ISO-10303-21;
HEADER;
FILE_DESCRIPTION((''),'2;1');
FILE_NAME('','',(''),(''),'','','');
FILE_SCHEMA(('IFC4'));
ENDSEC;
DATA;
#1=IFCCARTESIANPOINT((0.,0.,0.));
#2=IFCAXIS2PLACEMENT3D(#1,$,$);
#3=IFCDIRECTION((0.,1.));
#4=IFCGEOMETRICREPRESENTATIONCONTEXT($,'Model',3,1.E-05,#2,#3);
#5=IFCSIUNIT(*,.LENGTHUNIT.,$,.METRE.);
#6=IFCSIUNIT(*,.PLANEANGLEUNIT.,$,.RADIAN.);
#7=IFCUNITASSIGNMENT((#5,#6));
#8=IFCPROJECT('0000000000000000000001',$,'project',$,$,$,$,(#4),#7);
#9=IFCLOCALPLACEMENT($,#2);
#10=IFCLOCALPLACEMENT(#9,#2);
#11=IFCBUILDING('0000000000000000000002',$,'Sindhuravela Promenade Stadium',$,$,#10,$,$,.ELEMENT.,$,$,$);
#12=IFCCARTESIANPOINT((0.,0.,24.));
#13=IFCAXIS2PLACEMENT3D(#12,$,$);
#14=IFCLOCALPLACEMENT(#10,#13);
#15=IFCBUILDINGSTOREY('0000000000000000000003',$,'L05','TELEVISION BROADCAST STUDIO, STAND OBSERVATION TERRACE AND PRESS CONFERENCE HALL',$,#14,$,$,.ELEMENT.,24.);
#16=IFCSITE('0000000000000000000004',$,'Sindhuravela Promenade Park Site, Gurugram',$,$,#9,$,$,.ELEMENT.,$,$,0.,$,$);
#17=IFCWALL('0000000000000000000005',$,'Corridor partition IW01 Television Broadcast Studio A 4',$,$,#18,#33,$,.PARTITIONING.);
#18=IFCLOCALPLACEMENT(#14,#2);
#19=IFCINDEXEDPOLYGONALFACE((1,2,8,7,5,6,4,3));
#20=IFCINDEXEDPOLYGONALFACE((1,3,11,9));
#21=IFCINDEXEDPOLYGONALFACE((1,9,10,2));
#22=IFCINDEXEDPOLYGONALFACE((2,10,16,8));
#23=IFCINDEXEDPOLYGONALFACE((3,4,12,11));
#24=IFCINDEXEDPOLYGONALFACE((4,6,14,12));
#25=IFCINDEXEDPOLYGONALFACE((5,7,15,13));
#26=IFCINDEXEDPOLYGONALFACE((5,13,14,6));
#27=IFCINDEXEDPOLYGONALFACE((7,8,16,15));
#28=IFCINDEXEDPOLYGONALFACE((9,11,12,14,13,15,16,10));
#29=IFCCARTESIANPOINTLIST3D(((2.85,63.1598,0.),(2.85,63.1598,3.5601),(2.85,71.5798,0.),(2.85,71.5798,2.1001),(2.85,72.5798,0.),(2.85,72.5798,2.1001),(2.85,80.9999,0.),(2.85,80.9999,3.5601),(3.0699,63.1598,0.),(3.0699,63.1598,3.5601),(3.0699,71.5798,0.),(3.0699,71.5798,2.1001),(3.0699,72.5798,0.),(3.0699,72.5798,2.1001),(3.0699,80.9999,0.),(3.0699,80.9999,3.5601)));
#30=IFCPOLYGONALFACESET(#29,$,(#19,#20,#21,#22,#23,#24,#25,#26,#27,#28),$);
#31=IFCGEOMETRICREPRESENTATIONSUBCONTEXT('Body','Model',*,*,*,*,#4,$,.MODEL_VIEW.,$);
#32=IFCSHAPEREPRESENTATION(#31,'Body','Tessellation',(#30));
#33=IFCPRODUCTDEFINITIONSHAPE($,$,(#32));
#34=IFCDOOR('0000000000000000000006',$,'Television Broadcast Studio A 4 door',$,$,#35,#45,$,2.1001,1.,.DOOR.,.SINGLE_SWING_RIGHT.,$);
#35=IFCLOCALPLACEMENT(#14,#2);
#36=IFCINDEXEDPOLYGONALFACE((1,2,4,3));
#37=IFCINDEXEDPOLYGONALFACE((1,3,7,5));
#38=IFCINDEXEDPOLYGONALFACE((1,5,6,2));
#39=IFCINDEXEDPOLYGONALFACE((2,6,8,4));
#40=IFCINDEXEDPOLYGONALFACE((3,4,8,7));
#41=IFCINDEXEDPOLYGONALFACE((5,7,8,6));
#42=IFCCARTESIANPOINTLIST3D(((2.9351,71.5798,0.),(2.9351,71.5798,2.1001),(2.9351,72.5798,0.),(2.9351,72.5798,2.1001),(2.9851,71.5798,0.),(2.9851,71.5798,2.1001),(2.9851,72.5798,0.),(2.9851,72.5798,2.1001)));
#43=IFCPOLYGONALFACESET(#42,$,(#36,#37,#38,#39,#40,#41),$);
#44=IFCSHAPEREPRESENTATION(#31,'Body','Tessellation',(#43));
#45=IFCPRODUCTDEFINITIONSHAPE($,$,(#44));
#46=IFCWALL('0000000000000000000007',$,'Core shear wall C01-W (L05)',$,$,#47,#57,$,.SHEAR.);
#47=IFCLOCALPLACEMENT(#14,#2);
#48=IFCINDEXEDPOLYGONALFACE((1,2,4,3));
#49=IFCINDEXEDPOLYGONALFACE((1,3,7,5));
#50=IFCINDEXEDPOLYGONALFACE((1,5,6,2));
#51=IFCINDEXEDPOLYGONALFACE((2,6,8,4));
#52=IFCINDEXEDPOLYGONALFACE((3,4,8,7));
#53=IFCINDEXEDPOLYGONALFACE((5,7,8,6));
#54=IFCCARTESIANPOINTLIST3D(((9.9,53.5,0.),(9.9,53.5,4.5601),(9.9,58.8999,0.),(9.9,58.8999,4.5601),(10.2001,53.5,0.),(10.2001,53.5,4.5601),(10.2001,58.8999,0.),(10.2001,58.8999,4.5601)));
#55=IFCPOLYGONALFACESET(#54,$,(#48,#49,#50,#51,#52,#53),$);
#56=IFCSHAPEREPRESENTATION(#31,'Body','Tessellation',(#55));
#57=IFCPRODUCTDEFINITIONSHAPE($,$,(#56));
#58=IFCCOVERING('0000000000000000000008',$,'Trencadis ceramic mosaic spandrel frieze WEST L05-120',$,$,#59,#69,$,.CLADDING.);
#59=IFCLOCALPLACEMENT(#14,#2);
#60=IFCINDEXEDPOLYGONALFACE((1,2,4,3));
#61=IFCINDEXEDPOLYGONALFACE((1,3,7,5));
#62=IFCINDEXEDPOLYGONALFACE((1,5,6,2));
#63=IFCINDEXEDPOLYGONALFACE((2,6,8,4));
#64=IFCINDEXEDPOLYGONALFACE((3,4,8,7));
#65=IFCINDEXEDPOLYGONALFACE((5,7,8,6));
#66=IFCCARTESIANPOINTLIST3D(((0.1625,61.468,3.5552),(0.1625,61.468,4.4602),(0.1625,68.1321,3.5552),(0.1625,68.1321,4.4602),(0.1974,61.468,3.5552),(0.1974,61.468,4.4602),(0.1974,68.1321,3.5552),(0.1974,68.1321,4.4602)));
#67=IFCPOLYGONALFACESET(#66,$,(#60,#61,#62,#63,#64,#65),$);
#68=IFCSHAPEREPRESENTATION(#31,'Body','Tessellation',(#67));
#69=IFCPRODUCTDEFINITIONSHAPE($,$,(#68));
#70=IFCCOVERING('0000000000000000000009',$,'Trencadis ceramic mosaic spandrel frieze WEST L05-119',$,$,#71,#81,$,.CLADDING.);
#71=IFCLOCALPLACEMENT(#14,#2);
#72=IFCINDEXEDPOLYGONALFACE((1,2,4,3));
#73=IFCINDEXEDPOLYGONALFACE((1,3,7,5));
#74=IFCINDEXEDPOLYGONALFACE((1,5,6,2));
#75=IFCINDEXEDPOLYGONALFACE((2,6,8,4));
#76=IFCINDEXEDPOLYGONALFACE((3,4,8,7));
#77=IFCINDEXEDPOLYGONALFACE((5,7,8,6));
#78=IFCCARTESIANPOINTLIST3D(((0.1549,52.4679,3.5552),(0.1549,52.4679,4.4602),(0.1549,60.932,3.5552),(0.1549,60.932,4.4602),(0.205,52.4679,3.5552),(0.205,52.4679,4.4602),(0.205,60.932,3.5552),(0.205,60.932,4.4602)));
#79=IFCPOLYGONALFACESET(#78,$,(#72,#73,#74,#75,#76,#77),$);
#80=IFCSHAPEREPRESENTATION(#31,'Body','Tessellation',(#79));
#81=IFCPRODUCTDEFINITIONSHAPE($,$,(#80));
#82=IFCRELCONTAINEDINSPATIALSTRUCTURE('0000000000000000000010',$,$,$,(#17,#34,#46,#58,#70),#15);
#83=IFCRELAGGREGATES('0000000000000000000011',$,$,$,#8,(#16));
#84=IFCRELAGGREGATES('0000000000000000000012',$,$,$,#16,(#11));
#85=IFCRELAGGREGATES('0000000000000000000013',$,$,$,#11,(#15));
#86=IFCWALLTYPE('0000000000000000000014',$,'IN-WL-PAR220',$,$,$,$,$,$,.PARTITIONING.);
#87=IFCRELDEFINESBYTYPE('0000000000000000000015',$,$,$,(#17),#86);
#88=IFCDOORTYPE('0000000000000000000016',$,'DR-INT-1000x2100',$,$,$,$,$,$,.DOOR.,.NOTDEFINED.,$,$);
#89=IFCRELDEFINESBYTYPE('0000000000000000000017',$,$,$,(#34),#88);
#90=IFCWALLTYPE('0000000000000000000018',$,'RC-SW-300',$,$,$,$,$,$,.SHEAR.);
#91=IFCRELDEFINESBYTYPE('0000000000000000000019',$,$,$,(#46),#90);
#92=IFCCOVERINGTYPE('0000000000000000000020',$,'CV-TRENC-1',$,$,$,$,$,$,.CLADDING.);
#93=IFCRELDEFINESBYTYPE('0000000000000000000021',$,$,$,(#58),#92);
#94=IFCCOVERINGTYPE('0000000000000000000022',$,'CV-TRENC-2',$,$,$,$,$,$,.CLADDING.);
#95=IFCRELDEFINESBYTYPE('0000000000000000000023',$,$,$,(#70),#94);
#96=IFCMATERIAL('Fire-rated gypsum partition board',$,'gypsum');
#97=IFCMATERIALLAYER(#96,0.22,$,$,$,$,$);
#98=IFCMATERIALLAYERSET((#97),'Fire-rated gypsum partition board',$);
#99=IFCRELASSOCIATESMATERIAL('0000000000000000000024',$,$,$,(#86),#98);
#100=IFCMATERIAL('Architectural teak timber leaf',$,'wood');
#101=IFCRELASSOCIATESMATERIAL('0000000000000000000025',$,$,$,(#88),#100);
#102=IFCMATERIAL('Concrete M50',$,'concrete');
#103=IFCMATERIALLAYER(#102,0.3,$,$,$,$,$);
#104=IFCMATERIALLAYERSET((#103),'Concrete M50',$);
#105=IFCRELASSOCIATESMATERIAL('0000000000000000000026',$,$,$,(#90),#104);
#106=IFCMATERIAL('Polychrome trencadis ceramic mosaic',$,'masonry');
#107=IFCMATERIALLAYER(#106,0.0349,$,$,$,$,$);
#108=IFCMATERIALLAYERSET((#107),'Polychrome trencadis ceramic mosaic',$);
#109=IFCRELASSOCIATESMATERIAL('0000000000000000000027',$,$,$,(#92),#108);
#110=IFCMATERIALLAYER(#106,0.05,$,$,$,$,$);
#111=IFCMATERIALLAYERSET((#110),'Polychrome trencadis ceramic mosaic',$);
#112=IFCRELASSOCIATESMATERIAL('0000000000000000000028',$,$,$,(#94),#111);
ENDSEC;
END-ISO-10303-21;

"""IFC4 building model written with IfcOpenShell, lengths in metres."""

from ifc_helpers import new_model, si_unit, direction, frame, frame_2d, origin, origin_2d, place, context, subcontext, project, spatial, rectangle, extrude, material, layer, layer_set, type_object, element, fill, save


model = new_model("IFC4")

# Units and contexts
model_context = context("Model", 3, precision=1e-05, world=origin(), true_north=direction((0.0, 1.0)))
body_context = subcontext(model_context, "Body", "Model", "MODEL_VIEW")
ifc_project = project(units=[si_unit("LENGTHUNIT", "METRE"), si_unit("PLANEANGLEUNIT", "RADIAN")], contexts=[model_context])

# Site, building, storey
site_placement = place(None, origin())
site = spatial("IfcSite", under=ifc_project, at=site_placement, Name="Sindhuravela Promenade Park Site, Gurugram", CompositionType="ELEMENT", RefElevation=0.0)
building_placement = place(site_placement, origin())
building = spatial("IfcBuilding", under=site, at=building_placement, Name="Sindhuravela Promenade Stadium", CompositionType="ELEMENT")
storey_placement = place(building_placement, frame((0.0, 0.0, 24.0)))
storey = spatial("IfcBuildingStorey", under=building, at=storey_placement, Name="L05", Description="TELEVISION BROADCAST STUDIO, STAND OBSERVATION TERRACE AND PRESS CONFERENCE HALL", CompositionType="ELEMENT", Elevation=24.0)

# Shared definitions
ifc_material_1 = material(Name="Fire-rated gypsum partition board", Category="gypsum")
ifc_material_2 = material(Name="Architectural teak timber leaf", Category="wood")

# Wall, opening, door
ifc_layer_1 = layer(ifc_material_1, 0.22)
ifc_layer_set_1 = layer_set([ifc_layer_1], Name="Fire-rated gypsum partition board")
wall_type_1 = type_object("IfcWallType", Name="IN-WL-PAR220", PredefinedType="PARTITIONING", material=ifc_layer_set_1)
wall_1_placement = place(storey_placement, frame((2.96, 63.1599, 0.0), z_axis=(0.0, 0.0, 1.0), x_axis=(0.0, 1.0, 0.0)))
wall_1 = element("IfcWall", 1, at=wall_1_placement, inside=storey, type_object=wall_type_1, Name="Corridor partition IW01 Television Broadcast Studio A 4", PredefinedType="PARTITIONING", context=body_context, shape_type="SweptSolid", body=[
    extrude(rectangle(XDim=17.8401, YDim=0.22, at=frame_2d((8.9199, 0.0))), origin(), (0.0, 0.0, 1.0), 3.5601),
])
opening_1_placement = place(wall_1_placement, frame((8.4199, 0.0, 0.0)))
opening_1 = element("IfcOpeningElement", 2, at=opening_1_placement, cuts=wall_1, PredefinedType="OPENING", context=body_context, shape_type="SweptSolid", body=[
    extrude(rectangle(XDim=1.0, YDim=2.1001, at=frame_2d((0.5, 1.05))), frame((0.0, 0.1199, 0.0), z_axis=(0.0, -1.0, 0.0), x_axis=(1.0, 0.0, 0.0)), (0.0, 0.0, 1.0), 0.24),
])
door_type_1 = type_object("IfcDoorType", Name="DR-INT-1000x2100", OperationType="NOTDEFINED", PredefinedType="DOOR", material=ifc_material_2)
door_1_placement = place(opening_1_placement, origin())
door_1 = element("IfcDoor", 3, at=door_1_placement, inside=storey, type_object=door_type_1, Name="Television Broadcast Studio A 4 door", OperationType="SINGLE_SWING_RIGHT", OverallHeight=2.1001, OverallWidth=1.0, PredefinedType="DOOR", context=body_context, shape_type="SweptSolid", body=[
    extrude(rectangle(XDim=1.0, YDim=2.1001, at=frame_2d((0.5, 1.05))), frame((0.0, 0.0249, 0.0), z_axis=(0.0, -1.0, 0.0), x_axis=(1.0, 0.0, 0.0)), (0.0, 0.0, 1.0), 0.05),
])
fill(opening_1, door_1)

# Wall
ifc_material_3 = material(Name="Concrete M50", Category="concrete")
ifc_layer_2 = layer(ifc_material_3, 0.3)
ifc_layer_set_2 = layer_set([ifc_layer_2], Name="Concrete M50")
wall_type_2 = type_object("IfcWallType", Name="RC-SW-300", PredefinedType="SHEAR", material=ifc_layer_set_2)
wall_2_placement = place(storey_placement, frame((10.05, 58.8999, 0.0), z_axis=(0.0, 0.0, 1.0), x_axis=(0.0, -1.0, 0.0)))
element("IfcWall", 4, at=wall_2_placement, inside=storey, type_object=wall_type_2, Name="Core shear wall C01-W (L05)", PredefinedType="SHEAR", context=body_context, shape_type="SweptSolid", body=[
    extrude(rectangle(XDim=5.3999, YDim=0.3, at=frame_2d((2.7, 0.0))), origin(), (0.0, 0.0, 1.0), 4.5601),
])

# Coverings
ifc_material_4 = material(Name="Polychrome trencadis ceramic mosaic", Category="masonry")
ifc_layer_3 = layer(ifc_material_4, 0.0349)
ifc_layer_set_3 = layer_set([ifc_layer_3], Name="Polychrome trencadis ceramic mosaic")
covering_type_1 = type_object("IfcCoveringType", Name="CV-TRENC-1", PredefinedType="CLADDING", material=ifc_layer_set_3)
covering_1_placement = place(storey_placement, frame((0.1799, 64.8, 3.5552), z_axis=(0.0, 0.0, 1.0), x_axis=(0.0, 1.0, 0.0)))
element("IfcCovering", 5, at=covering_1_placement, inside=storey, type_object=covering_type_1, Name="Trencadis ceramic mosaic spandrel frieze WEST L05-120", PredefinedType="CLADDING", context=body_context, shape_type="SweptSolid", body=[
    extrude(rectangle(XDim=6.6641, YDim=0.0349, at=origin_2d()), origin(), (0.0, 0.0, 1.0), 0.905),
])
ifc_layer_4 = layer(ifc_material_4, 0.05)
ifc_layer_set_4 = layer_set([ifc_layer_4], Name="Polychrome trencadis ceramic mosaic")
covering_type_2 = type_object("IfcCoveringType", Name="CV-TRENC-2", PredefinedType="CLADDING", material=ifc_layer_set_4)
covering_2_placement = place(storey_placement, frame((0.1799, 56.7, 3.5552), z_axis=(0.0, 0.0, 1.0), x_axis=(0.0, 1.0, 0.0)))
element("IfcCovering", 6, at=covering_2_placement, inside=storey, type_object=covering_type_2, Name="Trencadis ceramic mosaic spandrel frieze WEST L05-119", PredefinedType="CLADDING", context=body_context, shape_type="SweptSolid", body=[
    extrude(rectangle(XDim=8.4641, YDim=0.05, at=origin_2d()), origin(), (0.0, 0.0, 1.0), 0.905),
])

save(model, "model.ifc")
